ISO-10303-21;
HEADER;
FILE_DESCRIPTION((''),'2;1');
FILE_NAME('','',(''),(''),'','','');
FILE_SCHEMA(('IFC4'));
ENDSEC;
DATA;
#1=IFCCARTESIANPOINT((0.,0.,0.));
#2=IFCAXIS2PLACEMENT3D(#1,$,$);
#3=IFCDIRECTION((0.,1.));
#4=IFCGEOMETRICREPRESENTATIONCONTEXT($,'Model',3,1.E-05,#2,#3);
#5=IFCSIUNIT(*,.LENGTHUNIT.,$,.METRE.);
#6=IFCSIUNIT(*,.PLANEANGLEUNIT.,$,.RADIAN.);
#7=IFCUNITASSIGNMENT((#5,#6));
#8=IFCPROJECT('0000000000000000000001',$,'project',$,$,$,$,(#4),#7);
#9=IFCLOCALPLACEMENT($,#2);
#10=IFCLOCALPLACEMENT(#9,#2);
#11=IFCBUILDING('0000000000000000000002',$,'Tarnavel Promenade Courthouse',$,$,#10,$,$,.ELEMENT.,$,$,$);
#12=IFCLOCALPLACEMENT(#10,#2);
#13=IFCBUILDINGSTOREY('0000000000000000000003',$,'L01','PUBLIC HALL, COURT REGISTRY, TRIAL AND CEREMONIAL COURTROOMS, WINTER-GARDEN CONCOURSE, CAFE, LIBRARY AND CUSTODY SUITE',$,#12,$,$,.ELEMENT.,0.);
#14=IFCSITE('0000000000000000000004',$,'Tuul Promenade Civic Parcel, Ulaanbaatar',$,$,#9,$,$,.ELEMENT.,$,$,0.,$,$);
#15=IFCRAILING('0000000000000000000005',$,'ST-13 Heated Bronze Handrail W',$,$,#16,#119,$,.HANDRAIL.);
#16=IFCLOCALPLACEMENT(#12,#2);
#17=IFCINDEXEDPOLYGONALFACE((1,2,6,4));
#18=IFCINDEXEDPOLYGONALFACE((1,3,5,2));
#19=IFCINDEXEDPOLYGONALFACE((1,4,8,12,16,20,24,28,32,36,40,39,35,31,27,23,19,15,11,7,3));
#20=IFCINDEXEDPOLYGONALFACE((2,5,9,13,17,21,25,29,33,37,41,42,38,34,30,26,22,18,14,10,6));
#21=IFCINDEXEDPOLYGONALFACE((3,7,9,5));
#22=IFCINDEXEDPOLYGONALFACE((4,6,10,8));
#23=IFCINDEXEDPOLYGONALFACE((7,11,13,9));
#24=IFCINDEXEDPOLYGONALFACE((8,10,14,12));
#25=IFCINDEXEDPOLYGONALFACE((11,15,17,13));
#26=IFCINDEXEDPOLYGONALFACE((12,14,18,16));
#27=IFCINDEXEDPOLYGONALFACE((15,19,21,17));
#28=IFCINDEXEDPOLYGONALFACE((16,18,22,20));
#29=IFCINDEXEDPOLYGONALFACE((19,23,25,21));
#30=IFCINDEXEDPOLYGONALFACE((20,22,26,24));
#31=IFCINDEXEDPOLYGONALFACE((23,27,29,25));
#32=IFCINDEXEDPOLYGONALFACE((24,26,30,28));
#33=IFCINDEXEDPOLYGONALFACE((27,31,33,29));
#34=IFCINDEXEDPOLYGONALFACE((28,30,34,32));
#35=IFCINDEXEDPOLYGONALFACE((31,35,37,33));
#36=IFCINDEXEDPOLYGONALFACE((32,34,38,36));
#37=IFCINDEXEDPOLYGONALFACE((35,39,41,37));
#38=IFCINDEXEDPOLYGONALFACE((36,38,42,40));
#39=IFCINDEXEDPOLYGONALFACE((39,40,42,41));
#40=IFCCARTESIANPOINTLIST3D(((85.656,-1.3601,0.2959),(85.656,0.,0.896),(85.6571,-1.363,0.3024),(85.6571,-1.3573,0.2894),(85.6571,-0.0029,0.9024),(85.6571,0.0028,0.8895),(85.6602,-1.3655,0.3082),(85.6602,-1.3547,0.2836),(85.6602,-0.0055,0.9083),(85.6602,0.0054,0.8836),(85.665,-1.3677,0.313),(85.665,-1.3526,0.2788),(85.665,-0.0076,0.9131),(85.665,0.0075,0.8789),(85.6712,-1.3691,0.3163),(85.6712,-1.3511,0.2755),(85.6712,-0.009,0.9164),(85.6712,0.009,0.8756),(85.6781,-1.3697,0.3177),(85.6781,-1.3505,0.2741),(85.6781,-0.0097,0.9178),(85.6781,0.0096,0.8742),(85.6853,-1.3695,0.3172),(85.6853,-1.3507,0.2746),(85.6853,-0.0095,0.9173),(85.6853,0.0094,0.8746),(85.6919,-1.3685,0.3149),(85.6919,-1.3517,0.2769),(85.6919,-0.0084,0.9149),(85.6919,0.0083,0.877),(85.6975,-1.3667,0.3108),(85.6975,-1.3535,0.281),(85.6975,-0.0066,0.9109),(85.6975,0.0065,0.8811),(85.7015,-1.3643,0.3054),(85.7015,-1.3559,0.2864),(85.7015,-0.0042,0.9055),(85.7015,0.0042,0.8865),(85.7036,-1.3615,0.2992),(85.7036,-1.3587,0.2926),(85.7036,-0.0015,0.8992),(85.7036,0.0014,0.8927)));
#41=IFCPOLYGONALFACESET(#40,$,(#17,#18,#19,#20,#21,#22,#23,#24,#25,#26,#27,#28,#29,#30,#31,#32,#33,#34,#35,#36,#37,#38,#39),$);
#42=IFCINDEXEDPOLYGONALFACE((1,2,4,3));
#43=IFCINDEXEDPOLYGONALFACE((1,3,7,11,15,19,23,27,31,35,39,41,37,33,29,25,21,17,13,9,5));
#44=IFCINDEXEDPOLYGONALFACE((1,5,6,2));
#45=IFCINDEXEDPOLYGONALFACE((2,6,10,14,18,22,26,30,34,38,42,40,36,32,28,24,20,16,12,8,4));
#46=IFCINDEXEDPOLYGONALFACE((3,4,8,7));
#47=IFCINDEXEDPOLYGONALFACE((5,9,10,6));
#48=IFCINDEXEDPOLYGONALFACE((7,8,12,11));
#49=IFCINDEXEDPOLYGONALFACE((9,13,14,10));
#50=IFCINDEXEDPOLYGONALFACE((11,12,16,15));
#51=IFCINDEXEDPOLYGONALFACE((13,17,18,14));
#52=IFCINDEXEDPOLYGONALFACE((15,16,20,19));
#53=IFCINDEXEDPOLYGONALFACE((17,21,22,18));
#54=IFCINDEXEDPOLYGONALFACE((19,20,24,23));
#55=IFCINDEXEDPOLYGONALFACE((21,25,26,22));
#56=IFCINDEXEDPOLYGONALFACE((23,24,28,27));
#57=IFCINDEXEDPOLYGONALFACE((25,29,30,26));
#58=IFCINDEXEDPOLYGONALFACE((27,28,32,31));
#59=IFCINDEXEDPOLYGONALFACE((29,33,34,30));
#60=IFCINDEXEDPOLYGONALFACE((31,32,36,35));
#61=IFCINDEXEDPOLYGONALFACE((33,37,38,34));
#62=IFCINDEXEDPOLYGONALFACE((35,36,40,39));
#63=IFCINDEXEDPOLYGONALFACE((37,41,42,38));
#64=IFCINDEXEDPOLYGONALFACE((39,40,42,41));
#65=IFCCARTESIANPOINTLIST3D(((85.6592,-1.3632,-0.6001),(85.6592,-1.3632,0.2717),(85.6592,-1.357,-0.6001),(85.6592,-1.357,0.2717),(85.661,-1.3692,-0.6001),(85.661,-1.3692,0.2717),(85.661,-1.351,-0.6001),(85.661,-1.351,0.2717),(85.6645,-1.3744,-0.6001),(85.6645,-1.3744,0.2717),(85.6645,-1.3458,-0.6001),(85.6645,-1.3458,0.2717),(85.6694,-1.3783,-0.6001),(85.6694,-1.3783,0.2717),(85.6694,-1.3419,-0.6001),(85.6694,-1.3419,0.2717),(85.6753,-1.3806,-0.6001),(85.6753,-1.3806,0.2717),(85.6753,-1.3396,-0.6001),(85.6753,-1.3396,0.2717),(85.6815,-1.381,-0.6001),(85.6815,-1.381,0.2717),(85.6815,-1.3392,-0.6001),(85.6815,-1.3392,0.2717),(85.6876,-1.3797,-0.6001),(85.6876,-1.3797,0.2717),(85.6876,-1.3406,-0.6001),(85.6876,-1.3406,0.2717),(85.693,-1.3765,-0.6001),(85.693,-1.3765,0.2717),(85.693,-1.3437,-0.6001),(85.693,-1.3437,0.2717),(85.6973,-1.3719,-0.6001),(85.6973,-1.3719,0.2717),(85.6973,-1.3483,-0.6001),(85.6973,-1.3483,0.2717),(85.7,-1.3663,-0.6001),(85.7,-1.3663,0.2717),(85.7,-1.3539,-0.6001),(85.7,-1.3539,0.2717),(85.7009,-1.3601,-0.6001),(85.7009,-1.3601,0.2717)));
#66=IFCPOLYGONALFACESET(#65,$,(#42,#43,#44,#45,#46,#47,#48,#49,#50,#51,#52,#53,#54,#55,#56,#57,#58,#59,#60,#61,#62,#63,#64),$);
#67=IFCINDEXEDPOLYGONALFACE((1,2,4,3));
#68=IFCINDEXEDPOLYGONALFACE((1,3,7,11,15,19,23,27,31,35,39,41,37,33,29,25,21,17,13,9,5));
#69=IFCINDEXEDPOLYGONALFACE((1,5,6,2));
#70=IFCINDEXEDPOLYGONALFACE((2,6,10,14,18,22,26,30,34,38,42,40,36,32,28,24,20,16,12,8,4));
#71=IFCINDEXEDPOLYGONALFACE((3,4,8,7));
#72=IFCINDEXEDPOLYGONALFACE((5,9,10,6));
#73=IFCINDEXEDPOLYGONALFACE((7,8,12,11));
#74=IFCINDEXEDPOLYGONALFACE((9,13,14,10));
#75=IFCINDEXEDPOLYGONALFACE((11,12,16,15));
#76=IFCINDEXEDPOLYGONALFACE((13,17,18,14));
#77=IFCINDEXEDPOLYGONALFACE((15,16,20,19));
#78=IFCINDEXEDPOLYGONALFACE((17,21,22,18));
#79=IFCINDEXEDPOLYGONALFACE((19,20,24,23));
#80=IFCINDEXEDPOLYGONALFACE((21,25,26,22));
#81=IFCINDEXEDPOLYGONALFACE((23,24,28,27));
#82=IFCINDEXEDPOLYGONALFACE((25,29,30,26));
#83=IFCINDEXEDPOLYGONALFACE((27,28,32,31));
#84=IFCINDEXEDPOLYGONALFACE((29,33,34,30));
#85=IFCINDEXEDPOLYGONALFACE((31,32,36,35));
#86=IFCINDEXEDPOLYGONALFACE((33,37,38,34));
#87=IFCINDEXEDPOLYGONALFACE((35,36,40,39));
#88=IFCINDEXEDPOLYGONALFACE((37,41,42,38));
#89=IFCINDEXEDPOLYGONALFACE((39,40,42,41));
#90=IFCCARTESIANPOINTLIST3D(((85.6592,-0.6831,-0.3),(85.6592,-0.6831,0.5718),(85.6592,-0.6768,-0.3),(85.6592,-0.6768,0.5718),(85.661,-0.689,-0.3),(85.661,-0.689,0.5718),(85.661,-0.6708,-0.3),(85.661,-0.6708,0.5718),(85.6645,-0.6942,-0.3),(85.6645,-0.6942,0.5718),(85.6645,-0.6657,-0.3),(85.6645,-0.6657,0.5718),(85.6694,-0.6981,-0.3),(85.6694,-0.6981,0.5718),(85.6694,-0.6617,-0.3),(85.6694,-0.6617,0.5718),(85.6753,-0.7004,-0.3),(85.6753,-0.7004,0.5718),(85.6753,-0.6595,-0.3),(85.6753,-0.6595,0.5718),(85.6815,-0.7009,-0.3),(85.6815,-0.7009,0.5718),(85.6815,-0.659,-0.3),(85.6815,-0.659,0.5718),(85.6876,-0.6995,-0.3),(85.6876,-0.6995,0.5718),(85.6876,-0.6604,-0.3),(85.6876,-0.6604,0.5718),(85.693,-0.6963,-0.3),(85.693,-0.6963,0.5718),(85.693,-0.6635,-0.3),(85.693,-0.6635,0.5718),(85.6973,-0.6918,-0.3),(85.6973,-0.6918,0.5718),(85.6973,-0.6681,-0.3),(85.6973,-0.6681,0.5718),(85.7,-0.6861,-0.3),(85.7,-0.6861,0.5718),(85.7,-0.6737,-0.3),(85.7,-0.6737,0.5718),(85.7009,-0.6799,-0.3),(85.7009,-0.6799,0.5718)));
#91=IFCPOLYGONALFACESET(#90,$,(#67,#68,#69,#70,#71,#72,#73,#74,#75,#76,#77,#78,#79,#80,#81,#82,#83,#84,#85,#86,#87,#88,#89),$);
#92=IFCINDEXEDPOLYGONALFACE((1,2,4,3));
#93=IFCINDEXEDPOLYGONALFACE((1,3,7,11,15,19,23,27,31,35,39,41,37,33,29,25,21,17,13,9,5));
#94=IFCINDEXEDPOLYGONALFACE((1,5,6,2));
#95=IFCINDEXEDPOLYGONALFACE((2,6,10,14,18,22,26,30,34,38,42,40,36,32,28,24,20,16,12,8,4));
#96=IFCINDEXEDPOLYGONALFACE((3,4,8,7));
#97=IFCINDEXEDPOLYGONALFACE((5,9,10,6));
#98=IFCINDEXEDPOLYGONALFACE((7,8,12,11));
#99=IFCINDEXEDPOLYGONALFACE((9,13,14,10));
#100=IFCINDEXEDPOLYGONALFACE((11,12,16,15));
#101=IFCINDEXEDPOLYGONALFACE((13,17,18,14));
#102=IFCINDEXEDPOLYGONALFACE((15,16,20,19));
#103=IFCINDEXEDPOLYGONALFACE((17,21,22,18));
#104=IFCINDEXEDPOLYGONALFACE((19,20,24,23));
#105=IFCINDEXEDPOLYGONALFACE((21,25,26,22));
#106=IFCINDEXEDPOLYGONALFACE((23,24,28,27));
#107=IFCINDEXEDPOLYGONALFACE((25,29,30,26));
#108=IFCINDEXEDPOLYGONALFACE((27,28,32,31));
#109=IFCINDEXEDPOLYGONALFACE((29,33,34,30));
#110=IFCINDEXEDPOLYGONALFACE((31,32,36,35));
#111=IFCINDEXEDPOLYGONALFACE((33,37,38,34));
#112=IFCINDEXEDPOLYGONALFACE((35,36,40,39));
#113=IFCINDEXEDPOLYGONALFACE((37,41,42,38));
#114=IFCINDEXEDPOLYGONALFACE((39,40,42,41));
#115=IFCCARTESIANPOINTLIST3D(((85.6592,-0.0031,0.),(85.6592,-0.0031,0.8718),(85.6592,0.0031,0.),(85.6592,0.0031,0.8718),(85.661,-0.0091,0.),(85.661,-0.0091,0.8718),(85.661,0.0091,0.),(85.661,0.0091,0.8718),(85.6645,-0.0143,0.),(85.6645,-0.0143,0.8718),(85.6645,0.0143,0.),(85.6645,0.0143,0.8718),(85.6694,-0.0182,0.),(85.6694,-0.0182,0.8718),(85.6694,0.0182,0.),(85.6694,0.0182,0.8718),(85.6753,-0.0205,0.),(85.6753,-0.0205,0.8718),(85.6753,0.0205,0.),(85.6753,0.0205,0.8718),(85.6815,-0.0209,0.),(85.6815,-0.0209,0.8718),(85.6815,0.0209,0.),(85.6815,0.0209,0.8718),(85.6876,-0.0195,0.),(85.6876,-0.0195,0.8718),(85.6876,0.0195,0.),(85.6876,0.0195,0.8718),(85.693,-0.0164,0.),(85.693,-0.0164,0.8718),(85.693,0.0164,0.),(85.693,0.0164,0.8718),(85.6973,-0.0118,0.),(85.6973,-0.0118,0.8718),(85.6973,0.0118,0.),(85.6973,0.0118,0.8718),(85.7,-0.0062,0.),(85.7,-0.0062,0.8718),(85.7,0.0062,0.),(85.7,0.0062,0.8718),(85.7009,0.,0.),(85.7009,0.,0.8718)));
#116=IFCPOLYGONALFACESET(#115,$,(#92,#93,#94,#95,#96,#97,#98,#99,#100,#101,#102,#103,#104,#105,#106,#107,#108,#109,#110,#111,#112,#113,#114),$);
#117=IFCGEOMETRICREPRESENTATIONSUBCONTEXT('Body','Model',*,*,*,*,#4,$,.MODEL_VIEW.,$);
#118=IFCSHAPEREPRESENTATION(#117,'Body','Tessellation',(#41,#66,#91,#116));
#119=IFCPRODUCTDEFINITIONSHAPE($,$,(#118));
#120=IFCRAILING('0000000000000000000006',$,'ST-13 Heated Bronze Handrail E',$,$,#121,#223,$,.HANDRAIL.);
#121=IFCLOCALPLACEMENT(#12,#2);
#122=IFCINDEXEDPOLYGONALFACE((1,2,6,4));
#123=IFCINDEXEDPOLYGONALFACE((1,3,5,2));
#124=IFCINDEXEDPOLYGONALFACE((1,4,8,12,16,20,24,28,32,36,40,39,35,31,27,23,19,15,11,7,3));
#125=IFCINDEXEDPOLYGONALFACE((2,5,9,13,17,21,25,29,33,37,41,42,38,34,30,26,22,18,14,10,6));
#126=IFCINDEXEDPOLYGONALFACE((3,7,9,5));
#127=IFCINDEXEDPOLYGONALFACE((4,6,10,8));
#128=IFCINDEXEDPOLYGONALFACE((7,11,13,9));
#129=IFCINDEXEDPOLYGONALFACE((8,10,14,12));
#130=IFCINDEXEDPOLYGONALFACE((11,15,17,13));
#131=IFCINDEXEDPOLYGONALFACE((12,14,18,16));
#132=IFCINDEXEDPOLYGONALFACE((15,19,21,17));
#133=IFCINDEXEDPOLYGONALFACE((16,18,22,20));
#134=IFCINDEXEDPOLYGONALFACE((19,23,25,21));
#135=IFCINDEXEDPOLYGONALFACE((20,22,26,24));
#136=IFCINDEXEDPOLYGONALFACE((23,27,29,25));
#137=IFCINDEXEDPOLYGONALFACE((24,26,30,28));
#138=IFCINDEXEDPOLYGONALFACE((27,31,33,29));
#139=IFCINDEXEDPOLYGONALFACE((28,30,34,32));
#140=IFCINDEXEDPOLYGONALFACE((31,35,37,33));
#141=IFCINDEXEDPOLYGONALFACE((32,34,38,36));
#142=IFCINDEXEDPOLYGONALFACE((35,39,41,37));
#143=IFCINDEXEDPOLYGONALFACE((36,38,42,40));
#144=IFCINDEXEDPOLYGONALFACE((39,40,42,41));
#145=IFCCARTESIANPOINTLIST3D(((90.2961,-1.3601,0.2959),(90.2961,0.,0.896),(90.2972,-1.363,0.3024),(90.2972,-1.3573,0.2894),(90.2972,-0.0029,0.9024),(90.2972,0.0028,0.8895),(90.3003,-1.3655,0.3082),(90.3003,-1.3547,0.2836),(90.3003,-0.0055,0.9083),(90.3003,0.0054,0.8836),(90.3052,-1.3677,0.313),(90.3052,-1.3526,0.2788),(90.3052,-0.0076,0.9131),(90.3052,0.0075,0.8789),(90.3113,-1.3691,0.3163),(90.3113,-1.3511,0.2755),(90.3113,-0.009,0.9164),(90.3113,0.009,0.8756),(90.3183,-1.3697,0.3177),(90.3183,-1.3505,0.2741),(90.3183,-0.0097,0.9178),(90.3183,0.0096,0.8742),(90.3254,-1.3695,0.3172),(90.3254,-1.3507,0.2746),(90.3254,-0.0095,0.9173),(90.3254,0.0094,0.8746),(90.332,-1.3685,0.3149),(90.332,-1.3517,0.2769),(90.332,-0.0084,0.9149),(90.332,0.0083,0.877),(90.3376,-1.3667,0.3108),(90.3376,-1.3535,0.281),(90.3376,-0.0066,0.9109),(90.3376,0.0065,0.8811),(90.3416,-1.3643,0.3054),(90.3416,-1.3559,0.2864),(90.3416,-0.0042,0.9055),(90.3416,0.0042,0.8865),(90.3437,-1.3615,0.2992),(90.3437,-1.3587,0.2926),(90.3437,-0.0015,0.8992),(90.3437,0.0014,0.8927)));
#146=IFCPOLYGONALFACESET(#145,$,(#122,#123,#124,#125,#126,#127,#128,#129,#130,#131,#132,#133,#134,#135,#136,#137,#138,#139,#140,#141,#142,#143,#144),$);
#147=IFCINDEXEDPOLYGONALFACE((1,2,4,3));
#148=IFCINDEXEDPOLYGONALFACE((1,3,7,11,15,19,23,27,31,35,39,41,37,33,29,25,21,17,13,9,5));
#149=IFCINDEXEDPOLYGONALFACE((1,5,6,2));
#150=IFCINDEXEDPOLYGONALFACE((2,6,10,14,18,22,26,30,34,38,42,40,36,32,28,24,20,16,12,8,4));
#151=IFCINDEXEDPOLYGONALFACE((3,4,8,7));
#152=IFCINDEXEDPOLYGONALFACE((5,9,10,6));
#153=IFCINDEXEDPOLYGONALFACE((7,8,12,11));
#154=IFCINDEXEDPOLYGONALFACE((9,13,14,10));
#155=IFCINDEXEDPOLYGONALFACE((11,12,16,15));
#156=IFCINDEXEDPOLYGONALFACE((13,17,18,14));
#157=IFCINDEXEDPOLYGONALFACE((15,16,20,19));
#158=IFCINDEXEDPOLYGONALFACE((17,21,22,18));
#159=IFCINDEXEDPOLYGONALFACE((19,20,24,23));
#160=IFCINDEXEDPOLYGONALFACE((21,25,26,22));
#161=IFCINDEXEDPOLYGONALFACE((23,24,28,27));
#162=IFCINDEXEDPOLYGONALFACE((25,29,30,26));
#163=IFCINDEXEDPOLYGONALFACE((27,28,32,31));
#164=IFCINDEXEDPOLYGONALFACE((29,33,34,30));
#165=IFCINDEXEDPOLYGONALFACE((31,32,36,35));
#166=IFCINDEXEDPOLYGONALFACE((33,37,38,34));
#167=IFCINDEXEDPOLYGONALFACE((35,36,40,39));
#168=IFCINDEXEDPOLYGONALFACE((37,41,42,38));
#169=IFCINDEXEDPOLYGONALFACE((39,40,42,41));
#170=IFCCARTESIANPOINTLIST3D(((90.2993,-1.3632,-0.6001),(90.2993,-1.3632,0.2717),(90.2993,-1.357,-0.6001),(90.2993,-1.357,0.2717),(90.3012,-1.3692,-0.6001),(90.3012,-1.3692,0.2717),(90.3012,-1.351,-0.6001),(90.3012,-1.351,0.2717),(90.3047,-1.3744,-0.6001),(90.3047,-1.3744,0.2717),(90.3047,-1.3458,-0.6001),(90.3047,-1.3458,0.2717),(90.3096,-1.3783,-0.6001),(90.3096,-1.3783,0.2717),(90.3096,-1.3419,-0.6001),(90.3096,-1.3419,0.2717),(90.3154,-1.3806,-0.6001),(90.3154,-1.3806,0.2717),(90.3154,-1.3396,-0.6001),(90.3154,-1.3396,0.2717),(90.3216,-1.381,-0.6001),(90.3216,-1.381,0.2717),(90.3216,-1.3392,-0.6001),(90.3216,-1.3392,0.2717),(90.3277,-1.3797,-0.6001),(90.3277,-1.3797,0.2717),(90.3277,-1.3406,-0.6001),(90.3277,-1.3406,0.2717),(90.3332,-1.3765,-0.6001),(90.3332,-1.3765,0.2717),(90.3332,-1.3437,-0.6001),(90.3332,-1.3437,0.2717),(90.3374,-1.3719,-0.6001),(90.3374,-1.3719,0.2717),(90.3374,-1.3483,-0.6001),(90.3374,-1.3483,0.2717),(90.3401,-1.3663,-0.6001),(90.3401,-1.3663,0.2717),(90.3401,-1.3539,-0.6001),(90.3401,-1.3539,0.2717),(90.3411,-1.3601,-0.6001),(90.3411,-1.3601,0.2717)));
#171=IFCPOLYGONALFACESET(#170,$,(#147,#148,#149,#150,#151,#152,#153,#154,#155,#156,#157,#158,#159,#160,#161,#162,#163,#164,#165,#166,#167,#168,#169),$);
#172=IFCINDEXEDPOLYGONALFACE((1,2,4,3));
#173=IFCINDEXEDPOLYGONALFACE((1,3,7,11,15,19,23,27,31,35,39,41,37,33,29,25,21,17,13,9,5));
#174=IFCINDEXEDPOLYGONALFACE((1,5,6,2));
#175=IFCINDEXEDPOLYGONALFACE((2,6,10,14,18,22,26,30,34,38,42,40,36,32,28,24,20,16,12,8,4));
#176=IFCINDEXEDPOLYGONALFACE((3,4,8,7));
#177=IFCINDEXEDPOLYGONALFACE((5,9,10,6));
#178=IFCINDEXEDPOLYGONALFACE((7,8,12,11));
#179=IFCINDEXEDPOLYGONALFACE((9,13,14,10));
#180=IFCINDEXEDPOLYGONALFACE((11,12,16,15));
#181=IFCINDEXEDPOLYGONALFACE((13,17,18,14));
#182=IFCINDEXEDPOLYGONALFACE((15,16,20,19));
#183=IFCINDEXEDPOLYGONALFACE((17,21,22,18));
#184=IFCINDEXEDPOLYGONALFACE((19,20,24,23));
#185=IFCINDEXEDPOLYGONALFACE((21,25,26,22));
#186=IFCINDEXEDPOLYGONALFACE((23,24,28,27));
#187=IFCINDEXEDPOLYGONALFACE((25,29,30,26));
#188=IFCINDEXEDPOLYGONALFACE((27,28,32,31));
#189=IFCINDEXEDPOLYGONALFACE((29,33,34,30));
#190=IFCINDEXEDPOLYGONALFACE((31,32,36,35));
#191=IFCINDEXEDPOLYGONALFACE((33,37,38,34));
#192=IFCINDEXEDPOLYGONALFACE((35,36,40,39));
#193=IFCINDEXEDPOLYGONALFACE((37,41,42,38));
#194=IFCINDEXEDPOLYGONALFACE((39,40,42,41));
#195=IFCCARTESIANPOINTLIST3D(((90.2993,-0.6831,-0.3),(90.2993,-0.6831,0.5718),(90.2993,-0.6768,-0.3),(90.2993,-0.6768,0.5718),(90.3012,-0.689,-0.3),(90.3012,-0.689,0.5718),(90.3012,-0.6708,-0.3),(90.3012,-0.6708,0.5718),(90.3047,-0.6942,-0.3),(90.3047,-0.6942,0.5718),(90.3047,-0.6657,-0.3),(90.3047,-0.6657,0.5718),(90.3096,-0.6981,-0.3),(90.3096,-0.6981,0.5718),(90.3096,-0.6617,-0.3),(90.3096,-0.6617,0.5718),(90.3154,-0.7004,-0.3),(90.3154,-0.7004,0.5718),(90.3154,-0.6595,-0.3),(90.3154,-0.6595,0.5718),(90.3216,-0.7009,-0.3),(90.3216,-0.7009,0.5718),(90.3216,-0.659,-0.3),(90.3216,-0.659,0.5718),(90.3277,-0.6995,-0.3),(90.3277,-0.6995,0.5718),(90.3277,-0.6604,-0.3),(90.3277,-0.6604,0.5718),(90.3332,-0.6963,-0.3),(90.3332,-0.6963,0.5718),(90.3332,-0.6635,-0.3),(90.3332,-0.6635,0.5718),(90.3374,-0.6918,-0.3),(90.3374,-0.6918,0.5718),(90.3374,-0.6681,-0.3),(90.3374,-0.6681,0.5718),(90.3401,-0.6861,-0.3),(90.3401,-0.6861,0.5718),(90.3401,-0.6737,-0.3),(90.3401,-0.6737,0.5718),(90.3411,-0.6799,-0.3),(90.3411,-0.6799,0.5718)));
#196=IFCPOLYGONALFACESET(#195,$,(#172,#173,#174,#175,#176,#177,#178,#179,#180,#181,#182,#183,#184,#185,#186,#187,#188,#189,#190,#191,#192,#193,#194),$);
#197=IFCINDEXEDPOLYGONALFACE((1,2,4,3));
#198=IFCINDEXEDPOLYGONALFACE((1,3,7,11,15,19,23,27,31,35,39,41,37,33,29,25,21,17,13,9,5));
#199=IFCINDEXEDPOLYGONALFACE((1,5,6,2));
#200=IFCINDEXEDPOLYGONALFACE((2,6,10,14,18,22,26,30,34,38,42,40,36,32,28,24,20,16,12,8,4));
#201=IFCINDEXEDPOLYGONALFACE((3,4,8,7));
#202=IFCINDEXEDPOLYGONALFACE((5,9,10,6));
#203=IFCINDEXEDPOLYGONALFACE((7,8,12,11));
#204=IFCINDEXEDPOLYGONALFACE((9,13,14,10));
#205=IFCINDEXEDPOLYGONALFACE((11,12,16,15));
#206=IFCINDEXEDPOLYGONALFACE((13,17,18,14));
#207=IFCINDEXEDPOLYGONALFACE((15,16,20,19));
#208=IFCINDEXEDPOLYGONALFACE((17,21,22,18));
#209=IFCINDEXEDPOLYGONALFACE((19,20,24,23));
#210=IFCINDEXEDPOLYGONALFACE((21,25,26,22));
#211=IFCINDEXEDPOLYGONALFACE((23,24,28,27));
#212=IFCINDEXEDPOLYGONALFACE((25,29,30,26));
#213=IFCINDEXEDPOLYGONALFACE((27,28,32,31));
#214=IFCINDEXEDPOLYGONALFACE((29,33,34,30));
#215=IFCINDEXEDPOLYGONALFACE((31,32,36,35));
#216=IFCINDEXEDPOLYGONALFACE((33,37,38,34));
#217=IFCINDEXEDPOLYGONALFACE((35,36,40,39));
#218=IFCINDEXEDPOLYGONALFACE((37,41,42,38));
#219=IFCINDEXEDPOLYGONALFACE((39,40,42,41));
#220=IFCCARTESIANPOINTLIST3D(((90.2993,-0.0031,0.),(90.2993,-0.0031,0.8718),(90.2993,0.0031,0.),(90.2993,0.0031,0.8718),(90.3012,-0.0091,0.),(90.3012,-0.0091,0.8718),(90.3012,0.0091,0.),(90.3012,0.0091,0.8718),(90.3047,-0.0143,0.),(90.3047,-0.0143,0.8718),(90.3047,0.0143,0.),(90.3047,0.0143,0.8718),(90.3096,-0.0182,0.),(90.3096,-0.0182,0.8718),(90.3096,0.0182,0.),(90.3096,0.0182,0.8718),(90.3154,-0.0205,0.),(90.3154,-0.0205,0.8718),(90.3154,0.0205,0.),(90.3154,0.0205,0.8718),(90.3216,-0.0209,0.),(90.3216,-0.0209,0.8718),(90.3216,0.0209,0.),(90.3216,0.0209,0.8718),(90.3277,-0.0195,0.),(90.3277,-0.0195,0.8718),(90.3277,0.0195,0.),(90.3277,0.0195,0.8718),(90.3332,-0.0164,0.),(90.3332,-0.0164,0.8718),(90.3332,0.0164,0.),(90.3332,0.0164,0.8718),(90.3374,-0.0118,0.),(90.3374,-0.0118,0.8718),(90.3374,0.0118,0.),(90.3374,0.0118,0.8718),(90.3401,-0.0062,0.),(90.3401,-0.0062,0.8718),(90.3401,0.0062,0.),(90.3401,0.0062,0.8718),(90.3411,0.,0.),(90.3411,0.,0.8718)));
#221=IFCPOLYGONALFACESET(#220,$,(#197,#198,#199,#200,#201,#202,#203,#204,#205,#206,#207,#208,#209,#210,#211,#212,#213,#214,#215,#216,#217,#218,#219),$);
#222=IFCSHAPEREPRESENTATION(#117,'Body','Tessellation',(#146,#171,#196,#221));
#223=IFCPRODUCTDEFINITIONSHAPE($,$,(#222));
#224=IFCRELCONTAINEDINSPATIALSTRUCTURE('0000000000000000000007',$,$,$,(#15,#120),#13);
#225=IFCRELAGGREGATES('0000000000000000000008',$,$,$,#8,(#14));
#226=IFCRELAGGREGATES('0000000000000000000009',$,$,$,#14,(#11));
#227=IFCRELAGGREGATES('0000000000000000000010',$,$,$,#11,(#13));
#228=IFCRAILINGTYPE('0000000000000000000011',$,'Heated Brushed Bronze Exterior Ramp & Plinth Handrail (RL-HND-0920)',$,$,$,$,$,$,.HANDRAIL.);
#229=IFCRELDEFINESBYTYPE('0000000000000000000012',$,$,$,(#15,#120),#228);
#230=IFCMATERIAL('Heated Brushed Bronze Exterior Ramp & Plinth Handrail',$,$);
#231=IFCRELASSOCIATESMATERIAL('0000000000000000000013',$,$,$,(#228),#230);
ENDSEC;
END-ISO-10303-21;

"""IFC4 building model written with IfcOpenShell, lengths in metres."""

from ifc_helpers import new_model, si_unit, direction, frame, origin, origin_2d, place, context, subcontext, project, spatial, circle, extrude, material, type_object, element, save


model = new_model("IFC4")

# Units and contexts
model_context = context("Model", 3, precision=1e-05, world=origin(), true_north=direction((0.0, 1.0)))
body_context = subcontext(model_context, "Body", "Model", "MODEL_VIEW")
ifc_project = project(units=[si_unit("LENGTHUNIT", "METRE"), si_unit("PLANEANGLEUNIT", "RADIAN")], contexts=[model_context])

# Site, building, storey
site_placement = place(None, origin())
site = spatial("IfcSite", under=ifc_project, at=site_placement, Name="Tuul Promenade Civic Parcel, Ulaanbaatar", CompositionType="ELEMENT", RefElevation=0.0)
building_placement = place(site_placement, origin())
building = spatial("IfcBuilding", under=site, at=building_placement, Name="Tarnavel Promenade Courthouse", CompositionType="ELEMENT")
storey_placement = place(building_placement, origin())
storey = spatial("IfcBuildingStorey", under=building, at=storey_placement, Name="L01", Description="PUBLIC HALL, COURT REGISTRY, TRIAL AND CEREMONIAL COURTROOMS, WINTER-GARDEN CONCOURSE, CAFE, LIBRARY AND CUSTODY SUITE", CompositionType="ELEMENT", Elevation=0.0)

# Railings
ifc_material_1 = material(Name="Heated Brushed Bronze Exterior Ramp & Plinth Handrail")
railing_type_1 = type_object("IfcRailingType", Name="Heated Brushed Bronze Exterior Ramp & Plinth Handrail (RL-HND-0920)", PredefinedType="HANDRAIL", material=ifc_material_1)
for number, where, name in (
    (1, (85.6799, -1.3601, -0.6001), "ST-13 Heated Bronze Handrail W"),
    (2, (90.3201, -1.3601, -0.6001), "ST-13 Heated Bronze Handrail E"),
):
    element("IfcRailing", number, at=place(storey_placement, frame(where)), inside=storey, type_object=railing_type_1, Name=name, PredefinedType="HANDRAIL", context=body_context, shape_type="SweptSolid", body=[
        extrude(circle(Radius=0.0239, at=origin_2d()), frame((0.0, 0.0, 0.896), z_axis=(0.0, 0.914905, 0.403669), x_axis=(-1.0, 0.0, 0.0)), (0.0, 0.0, 1.0), 1.4866),
        extrude(circle(Radius=0.021, at=origin_2d()), origin(), (0.0, 0.0, 1.0), 0.8718),
        extrude(circle(Radius=0.021, at=origin_2d()), frame((0.0, 0.6802, 0.3)), (0.0, 0.0, 1.0), 0.8718),
        extrude(circle(Radius=0.021, at=origin_2d()), frame((0.0, 1.3601, 0.6001)), (0.0, 0.0, 1.0), 0.8718),
    ])

save(model, "model.ifc")
